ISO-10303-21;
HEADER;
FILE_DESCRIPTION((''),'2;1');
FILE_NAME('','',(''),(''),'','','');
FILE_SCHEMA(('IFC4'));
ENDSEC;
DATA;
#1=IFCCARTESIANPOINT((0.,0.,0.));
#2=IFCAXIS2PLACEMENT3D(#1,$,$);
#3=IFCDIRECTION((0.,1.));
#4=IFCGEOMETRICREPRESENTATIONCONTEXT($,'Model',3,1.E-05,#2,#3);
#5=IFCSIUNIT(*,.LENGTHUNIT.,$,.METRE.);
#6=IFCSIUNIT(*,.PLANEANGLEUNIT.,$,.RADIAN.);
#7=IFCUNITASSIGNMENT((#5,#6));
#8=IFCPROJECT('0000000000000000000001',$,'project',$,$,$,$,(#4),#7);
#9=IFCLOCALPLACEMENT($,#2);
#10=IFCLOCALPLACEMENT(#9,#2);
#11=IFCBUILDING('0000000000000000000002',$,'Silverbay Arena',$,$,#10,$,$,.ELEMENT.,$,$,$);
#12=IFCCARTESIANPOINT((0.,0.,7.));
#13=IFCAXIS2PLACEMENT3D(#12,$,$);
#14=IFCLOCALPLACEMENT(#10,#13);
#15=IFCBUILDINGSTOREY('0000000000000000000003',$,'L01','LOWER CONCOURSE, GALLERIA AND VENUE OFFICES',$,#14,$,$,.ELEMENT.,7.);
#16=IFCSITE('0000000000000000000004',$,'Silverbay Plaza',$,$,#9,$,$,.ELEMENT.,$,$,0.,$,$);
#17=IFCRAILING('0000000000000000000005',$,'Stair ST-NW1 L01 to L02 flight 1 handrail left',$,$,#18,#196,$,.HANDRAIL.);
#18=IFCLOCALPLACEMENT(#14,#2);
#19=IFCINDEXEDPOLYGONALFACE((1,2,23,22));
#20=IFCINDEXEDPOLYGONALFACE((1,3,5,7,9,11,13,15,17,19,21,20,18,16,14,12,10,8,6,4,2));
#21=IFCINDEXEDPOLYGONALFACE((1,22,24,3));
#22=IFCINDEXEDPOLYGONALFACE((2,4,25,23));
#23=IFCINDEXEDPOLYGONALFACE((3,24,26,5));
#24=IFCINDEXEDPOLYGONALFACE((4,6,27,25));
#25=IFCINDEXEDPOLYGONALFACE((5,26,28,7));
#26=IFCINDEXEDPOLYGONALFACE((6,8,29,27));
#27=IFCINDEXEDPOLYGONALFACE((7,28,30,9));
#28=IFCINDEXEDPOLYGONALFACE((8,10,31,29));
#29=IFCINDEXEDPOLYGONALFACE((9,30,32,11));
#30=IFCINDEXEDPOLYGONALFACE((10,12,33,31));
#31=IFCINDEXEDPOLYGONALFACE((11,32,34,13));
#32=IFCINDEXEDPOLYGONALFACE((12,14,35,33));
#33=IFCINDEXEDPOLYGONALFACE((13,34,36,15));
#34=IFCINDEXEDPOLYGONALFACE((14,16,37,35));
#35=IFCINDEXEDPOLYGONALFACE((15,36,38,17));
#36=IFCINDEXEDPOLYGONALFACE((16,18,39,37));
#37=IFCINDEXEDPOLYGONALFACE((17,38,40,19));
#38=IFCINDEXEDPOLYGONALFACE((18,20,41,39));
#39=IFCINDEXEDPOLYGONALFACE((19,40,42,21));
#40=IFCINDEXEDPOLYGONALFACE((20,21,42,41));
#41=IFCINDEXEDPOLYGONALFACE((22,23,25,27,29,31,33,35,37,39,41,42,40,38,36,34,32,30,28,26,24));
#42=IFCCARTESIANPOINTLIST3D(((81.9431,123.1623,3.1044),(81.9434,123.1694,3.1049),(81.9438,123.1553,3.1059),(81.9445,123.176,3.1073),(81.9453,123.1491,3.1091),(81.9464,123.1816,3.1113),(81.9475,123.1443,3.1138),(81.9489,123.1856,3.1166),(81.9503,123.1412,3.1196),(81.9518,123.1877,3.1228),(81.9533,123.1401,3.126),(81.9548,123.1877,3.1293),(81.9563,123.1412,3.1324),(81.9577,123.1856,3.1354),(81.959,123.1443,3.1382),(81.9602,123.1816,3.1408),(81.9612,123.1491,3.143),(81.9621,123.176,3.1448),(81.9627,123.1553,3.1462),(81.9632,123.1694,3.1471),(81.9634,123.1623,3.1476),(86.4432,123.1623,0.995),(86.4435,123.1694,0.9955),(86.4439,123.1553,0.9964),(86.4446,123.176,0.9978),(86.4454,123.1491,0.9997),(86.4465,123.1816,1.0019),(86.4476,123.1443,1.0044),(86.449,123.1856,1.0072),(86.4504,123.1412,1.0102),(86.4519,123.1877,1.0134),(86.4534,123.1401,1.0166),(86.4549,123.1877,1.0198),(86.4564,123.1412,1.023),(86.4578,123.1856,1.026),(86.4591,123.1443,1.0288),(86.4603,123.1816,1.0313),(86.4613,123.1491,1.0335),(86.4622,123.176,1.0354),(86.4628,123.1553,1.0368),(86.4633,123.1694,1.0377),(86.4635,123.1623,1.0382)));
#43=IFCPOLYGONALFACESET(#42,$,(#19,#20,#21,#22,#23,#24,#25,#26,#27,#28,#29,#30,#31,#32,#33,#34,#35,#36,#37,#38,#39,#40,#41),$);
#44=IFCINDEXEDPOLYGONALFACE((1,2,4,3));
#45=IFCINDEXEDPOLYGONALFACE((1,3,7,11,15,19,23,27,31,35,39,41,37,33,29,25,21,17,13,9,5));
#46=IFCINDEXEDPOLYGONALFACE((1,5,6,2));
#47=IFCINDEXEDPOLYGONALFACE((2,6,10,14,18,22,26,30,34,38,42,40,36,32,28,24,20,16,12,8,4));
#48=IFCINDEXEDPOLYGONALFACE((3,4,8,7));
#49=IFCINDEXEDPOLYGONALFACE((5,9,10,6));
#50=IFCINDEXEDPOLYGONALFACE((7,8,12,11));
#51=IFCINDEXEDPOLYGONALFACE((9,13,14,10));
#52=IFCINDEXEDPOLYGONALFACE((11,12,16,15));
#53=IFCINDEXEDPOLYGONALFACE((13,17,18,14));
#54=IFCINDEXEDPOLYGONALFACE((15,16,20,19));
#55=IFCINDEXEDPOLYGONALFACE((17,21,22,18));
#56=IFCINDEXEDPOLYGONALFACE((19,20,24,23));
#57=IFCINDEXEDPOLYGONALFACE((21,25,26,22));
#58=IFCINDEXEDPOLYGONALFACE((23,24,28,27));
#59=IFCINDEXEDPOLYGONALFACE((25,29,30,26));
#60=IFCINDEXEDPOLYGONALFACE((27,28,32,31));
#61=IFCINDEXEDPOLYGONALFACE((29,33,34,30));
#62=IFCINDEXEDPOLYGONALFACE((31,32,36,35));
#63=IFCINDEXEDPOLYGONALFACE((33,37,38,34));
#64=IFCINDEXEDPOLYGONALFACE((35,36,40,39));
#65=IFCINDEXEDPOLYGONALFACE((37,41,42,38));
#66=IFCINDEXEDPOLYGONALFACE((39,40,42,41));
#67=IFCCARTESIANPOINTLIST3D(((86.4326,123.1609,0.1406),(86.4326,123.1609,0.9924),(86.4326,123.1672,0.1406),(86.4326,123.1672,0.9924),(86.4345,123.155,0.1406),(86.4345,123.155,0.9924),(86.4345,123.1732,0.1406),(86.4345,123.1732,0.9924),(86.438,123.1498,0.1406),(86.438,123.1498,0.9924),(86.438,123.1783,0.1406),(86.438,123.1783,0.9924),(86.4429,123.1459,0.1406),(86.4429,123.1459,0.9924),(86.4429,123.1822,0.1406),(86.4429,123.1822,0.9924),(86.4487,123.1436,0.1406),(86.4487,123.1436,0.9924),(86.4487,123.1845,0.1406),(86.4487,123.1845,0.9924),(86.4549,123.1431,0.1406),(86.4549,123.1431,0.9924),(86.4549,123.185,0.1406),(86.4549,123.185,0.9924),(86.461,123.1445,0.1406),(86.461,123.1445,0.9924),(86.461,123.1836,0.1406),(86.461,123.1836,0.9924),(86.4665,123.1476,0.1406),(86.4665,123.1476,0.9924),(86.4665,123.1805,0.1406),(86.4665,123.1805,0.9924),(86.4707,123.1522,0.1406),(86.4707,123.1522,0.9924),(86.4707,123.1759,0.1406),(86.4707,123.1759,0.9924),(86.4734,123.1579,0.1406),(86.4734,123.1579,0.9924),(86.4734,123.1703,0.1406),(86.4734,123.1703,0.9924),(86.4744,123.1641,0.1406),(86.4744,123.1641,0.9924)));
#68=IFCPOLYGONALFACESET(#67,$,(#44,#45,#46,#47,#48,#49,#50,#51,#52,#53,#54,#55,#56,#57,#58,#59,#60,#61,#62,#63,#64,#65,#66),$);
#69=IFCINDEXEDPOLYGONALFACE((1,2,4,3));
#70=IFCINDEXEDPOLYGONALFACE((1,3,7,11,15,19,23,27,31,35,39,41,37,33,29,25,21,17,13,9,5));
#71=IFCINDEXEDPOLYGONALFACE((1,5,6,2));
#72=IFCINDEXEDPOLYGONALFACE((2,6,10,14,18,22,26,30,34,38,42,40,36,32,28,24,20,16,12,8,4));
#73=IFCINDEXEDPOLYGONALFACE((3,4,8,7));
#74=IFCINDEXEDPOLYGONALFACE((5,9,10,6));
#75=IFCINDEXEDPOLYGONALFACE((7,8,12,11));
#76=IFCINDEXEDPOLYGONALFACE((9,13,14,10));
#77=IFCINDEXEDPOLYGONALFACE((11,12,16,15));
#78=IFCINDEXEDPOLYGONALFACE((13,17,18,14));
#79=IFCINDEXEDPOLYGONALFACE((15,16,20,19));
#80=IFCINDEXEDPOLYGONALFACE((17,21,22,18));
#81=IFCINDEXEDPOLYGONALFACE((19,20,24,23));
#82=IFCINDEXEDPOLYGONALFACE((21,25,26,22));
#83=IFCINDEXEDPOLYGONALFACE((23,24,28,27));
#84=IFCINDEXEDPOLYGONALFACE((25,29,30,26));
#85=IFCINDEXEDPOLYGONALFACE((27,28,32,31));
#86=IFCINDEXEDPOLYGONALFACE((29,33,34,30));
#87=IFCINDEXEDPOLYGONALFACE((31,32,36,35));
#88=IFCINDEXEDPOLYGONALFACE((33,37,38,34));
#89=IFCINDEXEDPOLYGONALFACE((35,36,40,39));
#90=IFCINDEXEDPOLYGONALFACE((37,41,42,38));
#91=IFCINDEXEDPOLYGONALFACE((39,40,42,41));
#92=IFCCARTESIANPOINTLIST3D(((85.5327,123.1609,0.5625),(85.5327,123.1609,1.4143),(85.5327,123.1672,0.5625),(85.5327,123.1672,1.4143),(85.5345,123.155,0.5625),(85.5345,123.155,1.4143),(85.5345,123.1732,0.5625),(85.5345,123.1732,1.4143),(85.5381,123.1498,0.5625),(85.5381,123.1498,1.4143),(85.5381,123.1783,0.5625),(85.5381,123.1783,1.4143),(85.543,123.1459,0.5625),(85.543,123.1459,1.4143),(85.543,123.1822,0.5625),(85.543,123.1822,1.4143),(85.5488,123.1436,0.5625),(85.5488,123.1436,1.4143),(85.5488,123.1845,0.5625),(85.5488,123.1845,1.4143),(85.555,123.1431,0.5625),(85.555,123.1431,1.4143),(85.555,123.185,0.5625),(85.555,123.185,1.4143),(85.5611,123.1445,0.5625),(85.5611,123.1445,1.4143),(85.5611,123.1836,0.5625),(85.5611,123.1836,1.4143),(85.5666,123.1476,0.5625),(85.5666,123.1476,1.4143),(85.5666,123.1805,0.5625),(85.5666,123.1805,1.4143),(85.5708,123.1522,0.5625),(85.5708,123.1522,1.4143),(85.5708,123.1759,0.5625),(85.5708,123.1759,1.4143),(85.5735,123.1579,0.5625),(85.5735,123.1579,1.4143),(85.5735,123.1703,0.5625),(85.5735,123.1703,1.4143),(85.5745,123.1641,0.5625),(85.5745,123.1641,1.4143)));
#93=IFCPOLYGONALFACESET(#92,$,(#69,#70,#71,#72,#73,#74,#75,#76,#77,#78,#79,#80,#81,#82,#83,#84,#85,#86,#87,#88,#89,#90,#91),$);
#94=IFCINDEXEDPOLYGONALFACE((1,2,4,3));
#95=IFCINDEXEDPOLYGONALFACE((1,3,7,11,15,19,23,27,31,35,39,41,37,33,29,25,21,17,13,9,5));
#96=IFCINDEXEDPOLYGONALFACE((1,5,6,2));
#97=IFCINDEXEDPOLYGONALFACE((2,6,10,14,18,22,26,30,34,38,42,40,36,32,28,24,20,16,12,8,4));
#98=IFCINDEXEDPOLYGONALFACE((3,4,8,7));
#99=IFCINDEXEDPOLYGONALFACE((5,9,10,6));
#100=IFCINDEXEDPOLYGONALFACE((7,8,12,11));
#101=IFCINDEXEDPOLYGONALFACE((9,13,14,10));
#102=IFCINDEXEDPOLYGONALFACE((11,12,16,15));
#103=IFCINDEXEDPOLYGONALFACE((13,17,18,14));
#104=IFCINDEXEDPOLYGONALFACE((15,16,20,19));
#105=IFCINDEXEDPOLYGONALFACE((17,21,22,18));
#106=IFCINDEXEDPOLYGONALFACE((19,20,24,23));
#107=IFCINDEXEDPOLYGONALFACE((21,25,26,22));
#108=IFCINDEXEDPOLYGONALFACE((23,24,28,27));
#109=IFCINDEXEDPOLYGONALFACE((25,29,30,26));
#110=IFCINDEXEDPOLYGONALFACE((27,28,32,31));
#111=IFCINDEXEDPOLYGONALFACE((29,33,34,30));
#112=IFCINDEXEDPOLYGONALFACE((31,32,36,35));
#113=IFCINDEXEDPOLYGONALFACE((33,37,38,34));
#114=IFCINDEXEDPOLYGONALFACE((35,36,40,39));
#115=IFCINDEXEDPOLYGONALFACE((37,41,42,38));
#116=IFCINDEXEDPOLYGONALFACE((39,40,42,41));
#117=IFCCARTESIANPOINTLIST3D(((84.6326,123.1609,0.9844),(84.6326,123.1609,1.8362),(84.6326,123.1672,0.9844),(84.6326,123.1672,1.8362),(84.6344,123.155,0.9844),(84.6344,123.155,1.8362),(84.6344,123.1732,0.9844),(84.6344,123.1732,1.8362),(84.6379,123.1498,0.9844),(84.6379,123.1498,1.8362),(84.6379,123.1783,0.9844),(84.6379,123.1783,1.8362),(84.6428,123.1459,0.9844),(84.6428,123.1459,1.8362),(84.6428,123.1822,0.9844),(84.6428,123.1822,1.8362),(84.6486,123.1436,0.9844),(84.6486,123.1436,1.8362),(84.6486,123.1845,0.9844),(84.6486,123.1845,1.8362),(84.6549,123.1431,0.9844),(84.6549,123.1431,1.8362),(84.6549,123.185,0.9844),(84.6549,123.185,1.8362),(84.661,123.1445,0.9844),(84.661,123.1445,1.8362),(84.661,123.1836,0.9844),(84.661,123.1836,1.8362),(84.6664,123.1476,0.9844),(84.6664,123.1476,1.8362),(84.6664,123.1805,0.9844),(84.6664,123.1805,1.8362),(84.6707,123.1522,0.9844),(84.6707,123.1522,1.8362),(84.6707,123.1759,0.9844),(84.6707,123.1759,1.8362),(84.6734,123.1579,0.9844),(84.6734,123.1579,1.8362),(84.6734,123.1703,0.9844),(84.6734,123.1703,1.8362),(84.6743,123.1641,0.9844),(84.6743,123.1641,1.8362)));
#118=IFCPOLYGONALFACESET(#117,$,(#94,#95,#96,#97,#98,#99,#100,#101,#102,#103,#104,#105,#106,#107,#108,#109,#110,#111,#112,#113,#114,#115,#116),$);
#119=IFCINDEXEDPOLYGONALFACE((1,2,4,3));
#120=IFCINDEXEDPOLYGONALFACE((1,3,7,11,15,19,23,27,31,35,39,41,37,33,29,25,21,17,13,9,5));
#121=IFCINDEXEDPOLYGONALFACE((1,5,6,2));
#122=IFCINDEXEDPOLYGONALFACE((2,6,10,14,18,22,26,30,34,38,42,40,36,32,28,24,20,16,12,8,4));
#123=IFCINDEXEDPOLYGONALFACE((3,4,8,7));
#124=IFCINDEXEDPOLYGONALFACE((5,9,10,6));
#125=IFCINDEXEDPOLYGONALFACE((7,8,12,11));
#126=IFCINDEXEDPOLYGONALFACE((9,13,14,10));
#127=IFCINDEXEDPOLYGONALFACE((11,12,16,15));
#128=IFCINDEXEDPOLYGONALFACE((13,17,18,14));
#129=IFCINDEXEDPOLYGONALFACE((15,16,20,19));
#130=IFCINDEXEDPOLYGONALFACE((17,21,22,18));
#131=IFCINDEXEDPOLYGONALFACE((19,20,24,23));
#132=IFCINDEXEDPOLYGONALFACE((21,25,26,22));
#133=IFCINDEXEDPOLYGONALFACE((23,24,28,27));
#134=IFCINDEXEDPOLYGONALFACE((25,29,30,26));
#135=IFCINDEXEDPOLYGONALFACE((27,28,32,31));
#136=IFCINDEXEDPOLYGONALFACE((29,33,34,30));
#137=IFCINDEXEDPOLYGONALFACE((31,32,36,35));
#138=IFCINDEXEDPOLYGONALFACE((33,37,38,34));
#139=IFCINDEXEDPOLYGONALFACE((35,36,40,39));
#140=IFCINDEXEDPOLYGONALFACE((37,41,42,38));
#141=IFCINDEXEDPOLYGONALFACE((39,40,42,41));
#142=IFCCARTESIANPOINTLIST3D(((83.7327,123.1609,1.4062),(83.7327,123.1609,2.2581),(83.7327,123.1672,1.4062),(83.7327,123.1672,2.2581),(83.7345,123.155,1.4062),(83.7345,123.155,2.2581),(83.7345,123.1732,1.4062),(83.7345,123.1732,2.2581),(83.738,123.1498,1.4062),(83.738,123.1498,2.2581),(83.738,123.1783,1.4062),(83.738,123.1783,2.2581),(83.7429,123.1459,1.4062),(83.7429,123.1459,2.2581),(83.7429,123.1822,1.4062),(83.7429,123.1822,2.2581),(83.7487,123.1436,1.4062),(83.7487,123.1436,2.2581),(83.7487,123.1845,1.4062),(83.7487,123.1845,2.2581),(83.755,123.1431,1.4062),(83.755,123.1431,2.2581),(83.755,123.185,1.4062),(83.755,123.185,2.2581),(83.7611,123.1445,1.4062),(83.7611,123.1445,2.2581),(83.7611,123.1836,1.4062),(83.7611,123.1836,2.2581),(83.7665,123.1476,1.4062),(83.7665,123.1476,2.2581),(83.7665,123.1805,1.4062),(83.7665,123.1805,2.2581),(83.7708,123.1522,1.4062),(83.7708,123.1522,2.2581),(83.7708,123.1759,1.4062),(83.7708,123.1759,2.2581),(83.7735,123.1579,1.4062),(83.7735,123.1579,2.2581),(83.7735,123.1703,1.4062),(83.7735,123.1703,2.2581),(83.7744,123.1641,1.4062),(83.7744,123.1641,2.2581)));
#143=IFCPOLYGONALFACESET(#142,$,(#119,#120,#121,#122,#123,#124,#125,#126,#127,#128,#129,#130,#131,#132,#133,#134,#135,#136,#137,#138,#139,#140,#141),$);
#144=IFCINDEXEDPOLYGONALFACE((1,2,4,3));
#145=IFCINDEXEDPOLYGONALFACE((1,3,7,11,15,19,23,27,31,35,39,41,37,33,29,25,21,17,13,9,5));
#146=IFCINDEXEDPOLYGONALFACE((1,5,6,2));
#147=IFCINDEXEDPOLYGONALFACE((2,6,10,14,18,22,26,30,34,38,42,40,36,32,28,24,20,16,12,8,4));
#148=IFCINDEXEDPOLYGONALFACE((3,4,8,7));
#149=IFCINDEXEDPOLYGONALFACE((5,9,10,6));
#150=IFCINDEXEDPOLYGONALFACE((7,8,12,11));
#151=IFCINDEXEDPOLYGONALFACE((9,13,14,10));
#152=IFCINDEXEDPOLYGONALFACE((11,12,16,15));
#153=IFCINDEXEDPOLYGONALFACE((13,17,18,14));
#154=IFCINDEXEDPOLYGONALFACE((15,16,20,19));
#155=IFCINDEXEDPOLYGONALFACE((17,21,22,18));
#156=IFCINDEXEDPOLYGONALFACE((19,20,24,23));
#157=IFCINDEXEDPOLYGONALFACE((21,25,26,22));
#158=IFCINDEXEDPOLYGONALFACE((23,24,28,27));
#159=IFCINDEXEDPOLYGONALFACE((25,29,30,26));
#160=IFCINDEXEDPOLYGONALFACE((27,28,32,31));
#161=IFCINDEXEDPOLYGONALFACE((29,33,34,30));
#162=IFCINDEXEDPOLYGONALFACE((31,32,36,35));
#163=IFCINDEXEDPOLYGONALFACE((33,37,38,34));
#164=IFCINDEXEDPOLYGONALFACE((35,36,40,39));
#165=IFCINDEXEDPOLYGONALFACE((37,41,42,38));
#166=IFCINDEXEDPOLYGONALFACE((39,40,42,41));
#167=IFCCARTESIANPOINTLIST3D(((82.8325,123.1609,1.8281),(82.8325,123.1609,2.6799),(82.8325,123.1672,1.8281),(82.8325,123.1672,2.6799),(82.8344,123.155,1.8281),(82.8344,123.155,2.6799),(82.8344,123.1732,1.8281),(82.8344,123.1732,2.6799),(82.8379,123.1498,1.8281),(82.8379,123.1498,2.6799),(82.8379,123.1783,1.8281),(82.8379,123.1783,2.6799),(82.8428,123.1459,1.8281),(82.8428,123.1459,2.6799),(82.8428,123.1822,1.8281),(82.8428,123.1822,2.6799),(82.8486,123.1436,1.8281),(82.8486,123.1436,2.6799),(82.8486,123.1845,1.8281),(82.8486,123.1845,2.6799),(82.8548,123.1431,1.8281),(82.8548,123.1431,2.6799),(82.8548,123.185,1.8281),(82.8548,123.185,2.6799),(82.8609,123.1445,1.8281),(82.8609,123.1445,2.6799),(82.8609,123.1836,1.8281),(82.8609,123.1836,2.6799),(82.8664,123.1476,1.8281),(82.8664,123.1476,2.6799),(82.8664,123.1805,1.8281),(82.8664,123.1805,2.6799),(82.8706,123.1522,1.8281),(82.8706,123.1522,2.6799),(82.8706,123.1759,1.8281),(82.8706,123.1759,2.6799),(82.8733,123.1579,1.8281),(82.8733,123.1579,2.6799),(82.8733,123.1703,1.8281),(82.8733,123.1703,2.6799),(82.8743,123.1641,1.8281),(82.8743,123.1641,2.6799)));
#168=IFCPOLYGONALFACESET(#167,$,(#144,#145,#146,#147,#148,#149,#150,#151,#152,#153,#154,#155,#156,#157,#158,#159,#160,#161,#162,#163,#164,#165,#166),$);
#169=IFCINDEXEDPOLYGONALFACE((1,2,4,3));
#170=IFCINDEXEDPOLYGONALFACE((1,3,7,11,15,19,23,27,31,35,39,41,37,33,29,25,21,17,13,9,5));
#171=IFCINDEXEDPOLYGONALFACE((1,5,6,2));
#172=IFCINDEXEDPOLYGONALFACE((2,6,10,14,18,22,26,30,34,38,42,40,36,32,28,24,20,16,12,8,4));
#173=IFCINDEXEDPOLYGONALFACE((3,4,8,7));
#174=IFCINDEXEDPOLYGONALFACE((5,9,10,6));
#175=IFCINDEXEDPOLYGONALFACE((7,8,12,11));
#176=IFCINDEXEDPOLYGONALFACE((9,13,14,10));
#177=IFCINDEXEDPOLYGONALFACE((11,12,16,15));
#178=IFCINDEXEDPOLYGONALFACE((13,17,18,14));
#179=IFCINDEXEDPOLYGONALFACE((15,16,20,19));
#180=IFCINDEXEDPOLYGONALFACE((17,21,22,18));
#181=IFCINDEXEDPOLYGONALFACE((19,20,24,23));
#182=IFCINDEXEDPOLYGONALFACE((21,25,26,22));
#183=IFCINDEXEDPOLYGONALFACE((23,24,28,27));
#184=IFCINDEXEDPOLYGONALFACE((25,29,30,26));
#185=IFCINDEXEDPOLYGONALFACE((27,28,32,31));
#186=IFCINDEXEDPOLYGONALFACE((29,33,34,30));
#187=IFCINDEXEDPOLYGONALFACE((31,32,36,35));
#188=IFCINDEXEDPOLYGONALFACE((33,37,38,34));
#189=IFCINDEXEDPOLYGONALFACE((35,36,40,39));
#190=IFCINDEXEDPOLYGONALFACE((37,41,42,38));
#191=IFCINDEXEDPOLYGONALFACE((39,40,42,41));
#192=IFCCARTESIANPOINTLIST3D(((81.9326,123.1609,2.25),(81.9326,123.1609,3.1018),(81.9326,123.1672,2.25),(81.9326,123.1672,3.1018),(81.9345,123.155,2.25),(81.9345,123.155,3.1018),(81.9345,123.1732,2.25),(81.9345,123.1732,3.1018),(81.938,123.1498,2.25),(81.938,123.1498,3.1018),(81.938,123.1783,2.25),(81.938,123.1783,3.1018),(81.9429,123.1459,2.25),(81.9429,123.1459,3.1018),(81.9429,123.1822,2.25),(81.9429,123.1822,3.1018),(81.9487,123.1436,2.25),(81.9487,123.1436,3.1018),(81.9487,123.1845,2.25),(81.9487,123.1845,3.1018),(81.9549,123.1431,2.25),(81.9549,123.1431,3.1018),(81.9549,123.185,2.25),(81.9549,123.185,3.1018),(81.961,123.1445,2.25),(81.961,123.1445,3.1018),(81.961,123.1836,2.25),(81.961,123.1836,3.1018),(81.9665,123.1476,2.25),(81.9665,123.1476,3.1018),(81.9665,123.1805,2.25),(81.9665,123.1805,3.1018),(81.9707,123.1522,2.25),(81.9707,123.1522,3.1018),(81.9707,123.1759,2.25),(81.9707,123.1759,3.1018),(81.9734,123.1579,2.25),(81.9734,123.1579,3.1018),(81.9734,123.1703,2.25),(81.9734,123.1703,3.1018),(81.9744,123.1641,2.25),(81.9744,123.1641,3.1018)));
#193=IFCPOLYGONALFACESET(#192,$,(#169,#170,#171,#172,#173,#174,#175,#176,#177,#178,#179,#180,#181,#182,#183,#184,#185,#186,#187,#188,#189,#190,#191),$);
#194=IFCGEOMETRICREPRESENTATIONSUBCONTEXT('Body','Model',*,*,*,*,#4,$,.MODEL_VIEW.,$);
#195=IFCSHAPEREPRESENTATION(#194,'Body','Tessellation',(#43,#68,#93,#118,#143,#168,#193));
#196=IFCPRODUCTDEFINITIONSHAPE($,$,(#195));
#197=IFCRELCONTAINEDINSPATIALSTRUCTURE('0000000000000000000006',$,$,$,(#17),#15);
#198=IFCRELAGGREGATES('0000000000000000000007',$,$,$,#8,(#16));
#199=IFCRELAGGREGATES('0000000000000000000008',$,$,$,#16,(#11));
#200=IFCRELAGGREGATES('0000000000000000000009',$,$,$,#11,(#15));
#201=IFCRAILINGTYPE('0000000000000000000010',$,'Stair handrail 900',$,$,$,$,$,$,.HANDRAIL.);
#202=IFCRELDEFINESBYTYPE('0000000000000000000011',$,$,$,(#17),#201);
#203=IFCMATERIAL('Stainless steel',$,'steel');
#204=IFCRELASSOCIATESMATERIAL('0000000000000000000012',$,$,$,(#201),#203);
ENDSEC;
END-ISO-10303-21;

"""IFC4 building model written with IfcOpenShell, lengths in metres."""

from ifc_helpers import new_model, si_unit, direction, frame, origin, origin_2d, place, context, subcontext, project, spatial, circle, extrude, material, type_object, element, save


model = new_model("IFC4")

# Units and contexts
model_context = context("Model", 3, precision=1e-05, world=origin(), true_north=direction((0.0, 1.0)))
body_context = subcontext(model_context, "Body", "Model", "MODEL_VIEW")
ifc_project = project(units=[si_unit("LENGTHUNIT", "METRE"), si_unit("PLANEANGLEUNIT", "RADIAN")], contexts=[model_context])

# Site, building, storey
site_placement = place(None, origin())
site = spatial("IfcSite", under=ifc_project, at=site_placement, Name="Silverbay Plaza", CompositionType="ELEMENT", RefElevation=0.0)
building_placement = place(site_placement, origin())
building = spatial("IfcBuilding", under=site, at=building_placement, Name="Silverbay Arena", CompositionType="ELEMENT")
storey_placement = place(building_placement, frame((0.0, 0.0, 7.0)))
storey = spatial("IfcBuildingStorey", under=building, at=storey_placement, Name="L01", Description="LOWER CONCOURSE, GALLERIA AND VENUE OFFICES", CompositionType="ELEMENT", Elevation=7.0)

# Railing
ifc_material_1 = material(Name="Stainless steel", Category="steel")
railing_type_1 = type_object("IfcRailingType", Name="Stair handrail 900", PredefinedType="HANDRAIL", material=ifc_material_1)
for number, where, name in (
    (1, (86.4534, 123.1641, 0.1406), "Stair ST-NW1 L01 to L02 flight 1 handrail left"),
):
    element("IfcRailing", number, at=place(storey_placement, frame(where)), inside=storey, type_object=railing_type_1, Name=name, PredefinedType="HANDRAIL", context=body_context, shape_type="SweptSolid", body=[
        extrude(circle(Radius=0.0239, at=origin_2d()), frame((0.0, 0.0, 0.876), z_axis=(-0.905459, 0.0, 0.424434), x_axis=(0.0, -1.0, 0.0)), (0.0, 0.0, 1.0), 4.97),
        extrude(circle(Radius=0.021, at=origin_2d()), origin(), (0.0, 0.0, 1.0), 0.8518),
        extrude(circle(Radius=0.021, at=origin_2d()), frame((-0.8999, 0.0, 0.4219)), (0.0, 0.0, 1.0), 0.8518),
        extrude(circle(Radius=0.021, at=origin_2d()), frame((-1.8, 0.0, 0.8438)), (0.0, 0.0, 1.0), 0.8518),
        extrude(circle(Radius=0.021, at=origin_2d()), frame((-2.7, 0.0, 1.2656)), (0.0, 0.0, 1.0), 0.8518),
        extrude(circle(Radius=0.021, at=origin_2d()), frame((-3.6001, 0.0, 1.6875)), (0.0, 0.0, 1.0), 0.8518),
        extrude(circle(Radius=0.021, at=origin_2d()), frame((-4.5, 0.0, 2.1094)), (0.0, 0.0, 1.0), 0.8518),
    ])

save(model, "model.ifc")
